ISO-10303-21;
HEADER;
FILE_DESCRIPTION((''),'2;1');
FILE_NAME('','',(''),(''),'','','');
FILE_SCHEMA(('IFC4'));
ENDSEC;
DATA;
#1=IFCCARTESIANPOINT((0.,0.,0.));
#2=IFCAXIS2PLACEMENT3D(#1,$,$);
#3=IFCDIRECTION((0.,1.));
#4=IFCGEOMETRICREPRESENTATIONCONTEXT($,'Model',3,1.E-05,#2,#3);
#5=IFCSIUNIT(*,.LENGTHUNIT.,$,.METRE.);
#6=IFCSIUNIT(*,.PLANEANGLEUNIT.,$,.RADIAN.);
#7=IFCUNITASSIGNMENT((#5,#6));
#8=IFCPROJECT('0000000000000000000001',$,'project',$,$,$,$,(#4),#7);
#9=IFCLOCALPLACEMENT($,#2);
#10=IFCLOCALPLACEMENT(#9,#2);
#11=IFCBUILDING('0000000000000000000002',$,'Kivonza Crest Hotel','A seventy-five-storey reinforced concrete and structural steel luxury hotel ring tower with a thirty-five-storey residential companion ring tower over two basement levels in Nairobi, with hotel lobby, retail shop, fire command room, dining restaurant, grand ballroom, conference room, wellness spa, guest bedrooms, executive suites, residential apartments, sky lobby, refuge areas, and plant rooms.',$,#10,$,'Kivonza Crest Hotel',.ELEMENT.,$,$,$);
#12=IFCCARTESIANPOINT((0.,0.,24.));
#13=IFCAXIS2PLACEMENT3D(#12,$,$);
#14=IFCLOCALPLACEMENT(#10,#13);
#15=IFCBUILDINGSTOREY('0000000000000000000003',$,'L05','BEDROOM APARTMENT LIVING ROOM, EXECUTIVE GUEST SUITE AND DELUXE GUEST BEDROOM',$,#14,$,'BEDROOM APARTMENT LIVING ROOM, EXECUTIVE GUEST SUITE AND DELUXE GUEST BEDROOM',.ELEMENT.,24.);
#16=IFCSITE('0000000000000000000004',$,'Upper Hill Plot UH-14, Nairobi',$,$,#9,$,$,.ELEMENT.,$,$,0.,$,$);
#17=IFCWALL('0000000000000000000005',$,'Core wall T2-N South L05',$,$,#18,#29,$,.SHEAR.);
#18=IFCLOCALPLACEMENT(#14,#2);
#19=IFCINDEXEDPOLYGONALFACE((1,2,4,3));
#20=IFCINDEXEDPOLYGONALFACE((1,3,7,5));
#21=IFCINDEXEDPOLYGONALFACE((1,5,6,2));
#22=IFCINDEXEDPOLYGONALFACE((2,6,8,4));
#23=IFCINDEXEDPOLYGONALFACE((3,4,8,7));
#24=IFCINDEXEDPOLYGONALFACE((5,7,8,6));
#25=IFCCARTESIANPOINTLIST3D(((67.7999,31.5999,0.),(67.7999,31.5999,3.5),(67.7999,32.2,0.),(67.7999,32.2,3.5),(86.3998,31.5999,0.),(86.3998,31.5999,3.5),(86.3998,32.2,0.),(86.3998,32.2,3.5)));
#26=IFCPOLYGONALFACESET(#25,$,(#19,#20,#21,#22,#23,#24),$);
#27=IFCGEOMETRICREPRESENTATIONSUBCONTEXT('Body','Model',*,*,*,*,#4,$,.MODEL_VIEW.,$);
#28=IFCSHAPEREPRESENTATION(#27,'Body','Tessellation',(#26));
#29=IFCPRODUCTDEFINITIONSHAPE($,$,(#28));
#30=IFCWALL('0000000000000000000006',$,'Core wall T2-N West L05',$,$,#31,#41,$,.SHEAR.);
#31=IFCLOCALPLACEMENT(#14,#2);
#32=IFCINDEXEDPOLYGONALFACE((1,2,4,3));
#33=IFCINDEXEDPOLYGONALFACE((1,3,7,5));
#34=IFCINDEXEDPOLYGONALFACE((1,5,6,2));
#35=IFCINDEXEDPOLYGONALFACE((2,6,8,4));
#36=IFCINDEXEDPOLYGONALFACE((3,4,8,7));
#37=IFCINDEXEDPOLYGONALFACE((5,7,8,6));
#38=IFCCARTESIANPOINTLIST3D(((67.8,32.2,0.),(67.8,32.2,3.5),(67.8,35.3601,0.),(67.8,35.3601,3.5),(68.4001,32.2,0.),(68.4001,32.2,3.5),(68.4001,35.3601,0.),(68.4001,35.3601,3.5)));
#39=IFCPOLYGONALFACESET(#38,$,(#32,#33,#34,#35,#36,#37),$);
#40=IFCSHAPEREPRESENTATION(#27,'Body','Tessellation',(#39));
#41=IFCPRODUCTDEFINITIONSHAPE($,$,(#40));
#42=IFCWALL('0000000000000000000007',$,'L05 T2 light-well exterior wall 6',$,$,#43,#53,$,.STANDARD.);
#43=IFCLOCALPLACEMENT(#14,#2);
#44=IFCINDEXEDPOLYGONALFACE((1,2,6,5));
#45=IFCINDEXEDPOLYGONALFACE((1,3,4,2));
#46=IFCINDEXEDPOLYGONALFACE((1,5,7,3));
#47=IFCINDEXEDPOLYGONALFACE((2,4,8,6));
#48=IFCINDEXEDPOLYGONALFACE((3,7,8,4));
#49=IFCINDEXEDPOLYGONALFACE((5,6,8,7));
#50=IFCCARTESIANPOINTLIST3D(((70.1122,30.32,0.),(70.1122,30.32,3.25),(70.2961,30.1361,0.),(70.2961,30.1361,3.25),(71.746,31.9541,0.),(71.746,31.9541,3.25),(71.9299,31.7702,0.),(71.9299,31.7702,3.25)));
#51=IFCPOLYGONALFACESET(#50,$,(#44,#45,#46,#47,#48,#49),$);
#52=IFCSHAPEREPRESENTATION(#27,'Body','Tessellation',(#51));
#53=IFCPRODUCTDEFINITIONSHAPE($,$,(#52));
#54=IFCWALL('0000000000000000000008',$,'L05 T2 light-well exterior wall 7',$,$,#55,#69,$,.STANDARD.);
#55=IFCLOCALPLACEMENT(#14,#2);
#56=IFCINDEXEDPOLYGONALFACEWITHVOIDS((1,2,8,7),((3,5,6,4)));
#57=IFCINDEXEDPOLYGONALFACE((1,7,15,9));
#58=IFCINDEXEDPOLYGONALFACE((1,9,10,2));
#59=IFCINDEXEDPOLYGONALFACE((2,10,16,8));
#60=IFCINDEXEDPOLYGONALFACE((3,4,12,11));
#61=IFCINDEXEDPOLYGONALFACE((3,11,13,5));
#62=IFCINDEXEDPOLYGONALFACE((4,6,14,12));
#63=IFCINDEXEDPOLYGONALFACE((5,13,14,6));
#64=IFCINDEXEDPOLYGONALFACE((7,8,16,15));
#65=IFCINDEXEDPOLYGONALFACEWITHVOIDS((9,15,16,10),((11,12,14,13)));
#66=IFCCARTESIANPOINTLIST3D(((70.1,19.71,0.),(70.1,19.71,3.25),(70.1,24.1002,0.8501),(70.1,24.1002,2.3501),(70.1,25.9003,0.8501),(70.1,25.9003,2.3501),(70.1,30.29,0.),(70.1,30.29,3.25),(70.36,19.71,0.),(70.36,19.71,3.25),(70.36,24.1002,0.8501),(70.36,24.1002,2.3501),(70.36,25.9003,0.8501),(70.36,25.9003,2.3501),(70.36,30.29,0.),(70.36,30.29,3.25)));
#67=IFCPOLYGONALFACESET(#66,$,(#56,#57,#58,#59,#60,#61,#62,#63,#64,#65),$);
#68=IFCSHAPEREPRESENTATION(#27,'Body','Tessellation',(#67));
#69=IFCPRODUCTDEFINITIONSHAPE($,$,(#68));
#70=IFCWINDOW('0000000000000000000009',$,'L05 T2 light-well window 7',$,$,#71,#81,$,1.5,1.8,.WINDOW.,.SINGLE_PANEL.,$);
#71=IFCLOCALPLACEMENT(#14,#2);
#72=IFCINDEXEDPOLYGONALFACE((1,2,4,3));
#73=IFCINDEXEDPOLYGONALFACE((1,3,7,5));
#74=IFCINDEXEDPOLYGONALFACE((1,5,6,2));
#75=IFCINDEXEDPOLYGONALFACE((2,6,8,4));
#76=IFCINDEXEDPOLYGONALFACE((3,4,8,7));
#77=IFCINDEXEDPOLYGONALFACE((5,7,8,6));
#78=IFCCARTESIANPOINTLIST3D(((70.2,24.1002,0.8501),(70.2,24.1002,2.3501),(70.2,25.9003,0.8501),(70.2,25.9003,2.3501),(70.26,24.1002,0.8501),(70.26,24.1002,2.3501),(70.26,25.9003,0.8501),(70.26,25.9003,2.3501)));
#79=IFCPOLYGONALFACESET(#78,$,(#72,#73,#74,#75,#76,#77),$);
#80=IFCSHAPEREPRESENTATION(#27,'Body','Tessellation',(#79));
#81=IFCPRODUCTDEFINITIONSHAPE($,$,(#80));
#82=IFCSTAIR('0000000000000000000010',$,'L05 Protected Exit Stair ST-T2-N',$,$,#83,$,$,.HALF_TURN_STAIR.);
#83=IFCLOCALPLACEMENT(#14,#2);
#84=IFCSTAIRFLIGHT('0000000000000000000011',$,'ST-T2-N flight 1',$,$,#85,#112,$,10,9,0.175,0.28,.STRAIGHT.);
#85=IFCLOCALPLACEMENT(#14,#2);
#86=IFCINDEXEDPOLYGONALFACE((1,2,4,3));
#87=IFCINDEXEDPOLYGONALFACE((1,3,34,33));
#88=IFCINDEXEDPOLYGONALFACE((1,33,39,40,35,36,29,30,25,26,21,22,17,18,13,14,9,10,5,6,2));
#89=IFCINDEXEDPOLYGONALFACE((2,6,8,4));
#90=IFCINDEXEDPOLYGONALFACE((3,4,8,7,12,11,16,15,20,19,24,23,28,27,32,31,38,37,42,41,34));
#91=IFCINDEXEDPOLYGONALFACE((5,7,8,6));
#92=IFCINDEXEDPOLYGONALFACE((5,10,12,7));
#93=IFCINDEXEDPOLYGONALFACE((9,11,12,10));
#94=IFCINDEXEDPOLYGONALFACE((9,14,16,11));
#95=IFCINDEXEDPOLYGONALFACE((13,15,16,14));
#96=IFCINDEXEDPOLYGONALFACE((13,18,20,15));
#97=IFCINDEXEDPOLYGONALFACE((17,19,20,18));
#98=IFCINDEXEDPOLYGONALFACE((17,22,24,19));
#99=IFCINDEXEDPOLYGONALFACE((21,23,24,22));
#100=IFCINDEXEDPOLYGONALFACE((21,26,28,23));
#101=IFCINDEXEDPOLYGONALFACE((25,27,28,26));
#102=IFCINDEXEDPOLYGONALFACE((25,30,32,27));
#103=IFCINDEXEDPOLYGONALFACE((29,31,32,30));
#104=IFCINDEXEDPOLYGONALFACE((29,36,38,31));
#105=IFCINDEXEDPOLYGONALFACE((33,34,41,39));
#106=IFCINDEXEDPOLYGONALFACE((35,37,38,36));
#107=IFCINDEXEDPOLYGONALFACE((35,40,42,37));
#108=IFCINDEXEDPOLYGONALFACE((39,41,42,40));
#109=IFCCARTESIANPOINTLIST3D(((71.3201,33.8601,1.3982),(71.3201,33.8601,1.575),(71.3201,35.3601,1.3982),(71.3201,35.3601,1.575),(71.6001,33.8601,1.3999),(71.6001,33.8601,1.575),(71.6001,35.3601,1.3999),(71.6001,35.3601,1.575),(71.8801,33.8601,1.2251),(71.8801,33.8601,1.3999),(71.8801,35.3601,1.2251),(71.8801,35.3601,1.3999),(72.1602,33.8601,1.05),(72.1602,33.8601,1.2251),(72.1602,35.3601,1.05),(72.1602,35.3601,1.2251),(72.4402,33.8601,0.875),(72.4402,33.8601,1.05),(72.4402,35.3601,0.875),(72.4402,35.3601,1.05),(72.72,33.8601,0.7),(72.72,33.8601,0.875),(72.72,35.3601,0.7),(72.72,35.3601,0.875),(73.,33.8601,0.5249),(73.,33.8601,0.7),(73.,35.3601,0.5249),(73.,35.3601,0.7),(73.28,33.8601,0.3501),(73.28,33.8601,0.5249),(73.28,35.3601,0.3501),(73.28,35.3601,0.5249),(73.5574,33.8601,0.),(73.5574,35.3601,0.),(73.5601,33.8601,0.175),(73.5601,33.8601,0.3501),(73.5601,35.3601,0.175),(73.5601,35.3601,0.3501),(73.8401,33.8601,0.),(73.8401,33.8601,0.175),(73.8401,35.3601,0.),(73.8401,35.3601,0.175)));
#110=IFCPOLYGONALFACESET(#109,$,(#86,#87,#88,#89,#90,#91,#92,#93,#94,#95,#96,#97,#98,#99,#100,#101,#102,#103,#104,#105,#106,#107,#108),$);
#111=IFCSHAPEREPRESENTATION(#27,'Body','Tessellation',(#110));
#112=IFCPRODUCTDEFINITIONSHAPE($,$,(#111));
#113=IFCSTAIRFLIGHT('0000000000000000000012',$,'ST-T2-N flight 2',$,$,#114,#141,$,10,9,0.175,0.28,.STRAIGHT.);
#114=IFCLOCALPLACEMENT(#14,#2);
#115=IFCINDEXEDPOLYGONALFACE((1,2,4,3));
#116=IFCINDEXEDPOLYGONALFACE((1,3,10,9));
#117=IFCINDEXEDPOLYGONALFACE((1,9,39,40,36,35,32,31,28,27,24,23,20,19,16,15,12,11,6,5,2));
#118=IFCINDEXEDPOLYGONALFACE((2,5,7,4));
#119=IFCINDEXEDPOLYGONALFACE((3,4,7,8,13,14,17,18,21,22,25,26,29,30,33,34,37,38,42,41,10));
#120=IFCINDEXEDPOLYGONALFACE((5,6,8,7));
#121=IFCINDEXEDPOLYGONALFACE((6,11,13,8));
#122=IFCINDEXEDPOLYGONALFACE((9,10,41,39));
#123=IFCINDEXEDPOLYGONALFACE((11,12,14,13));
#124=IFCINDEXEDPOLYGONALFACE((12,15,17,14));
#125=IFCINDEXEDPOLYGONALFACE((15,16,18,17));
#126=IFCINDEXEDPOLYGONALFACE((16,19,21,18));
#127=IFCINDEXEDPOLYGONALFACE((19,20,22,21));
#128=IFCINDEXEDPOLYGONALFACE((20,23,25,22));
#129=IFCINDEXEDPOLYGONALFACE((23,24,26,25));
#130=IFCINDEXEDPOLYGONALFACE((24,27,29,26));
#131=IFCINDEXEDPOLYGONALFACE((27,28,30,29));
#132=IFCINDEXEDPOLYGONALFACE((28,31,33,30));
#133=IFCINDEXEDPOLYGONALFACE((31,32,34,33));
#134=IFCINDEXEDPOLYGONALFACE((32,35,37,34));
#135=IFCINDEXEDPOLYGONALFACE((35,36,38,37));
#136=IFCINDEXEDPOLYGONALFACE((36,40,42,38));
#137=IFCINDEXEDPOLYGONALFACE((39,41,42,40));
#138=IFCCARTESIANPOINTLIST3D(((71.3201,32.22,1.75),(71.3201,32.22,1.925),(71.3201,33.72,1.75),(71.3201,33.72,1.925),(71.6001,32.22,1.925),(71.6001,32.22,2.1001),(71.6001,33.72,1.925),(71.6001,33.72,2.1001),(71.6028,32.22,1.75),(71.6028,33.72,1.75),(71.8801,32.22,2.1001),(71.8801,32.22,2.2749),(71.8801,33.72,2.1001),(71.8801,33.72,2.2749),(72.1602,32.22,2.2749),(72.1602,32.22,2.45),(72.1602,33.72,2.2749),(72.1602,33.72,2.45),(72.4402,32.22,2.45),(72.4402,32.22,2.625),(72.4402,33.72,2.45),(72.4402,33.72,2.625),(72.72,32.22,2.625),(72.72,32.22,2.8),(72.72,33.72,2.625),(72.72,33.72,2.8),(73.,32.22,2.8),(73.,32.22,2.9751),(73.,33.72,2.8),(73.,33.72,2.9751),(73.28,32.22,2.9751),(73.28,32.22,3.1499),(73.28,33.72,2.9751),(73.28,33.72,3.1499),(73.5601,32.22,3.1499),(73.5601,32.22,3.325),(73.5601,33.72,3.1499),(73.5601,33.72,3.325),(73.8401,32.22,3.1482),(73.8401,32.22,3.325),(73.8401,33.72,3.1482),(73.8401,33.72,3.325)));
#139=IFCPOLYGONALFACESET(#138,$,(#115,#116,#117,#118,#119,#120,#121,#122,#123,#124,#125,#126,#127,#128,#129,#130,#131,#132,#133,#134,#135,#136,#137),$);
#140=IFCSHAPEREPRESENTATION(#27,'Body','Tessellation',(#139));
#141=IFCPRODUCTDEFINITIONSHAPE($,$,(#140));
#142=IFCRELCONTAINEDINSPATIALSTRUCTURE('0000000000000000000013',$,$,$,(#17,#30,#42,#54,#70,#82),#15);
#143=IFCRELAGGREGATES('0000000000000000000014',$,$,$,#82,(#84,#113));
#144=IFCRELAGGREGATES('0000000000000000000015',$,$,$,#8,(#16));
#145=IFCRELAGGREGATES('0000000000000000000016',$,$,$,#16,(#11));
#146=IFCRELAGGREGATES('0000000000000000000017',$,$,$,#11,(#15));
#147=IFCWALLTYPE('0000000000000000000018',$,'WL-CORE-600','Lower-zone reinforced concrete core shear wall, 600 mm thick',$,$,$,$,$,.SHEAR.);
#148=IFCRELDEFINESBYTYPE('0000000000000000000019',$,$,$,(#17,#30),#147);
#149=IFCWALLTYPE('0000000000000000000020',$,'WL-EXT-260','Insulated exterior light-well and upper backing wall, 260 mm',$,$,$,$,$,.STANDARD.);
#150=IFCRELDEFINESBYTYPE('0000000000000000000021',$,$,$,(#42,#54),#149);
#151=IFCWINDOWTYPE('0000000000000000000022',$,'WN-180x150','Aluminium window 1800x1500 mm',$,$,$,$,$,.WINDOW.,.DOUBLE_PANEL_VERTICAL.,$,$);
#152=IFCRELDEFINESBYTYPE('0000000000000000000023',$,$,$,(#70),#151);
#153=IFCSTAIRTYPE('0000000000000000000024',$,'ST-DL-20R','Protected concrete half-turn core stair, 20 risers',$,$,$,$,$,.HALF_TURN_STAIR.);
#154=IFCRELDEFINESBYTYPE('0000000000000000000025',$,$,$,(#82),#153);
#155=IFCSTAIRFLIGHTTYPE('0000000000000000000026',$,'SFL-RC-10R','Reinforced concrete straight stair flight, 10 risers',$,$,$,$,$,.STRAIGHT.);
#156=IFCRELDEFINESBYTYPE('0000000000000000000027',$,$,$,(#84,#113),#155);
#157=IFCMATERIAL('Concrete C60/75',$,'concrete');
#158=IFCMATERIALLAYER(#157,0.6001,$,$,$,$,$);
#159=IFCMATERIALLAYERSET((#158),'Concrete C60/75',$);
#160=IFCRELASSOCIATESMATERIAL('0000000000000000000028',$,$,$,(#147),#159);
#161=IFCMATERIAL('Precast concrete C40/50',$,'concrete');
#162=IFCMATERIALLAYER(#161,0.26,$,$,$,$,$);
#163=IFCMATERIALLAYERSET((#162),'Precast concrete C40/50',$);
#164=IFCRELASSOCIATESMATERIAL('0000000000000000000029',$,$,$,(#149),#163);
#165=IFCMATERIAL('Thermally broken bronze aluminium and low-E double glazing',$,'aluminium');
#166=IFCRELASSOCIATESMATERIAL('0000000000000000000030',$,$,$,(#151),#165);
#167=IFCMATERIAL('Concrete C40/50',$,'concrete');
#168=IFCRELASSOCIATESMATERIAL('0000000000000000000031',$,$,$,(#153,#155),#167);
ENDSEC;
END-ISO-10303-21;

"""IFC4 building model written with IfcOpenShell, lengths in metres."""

from ifc_helpers import new_model, si_unit, direction, frame, frame_2d, origin, place, context, subcontext, project, spatial, polyline, rectangle, outline, extrude, material, layer, layer_set, type_object, element, fill, aggregate, save


model = new_model("IFC4")

# Units and contexts
model_context = context("Model", 3, precision=1e-05, world=origin(), true_north=direction((0.0, 1.0)))
body_context = subcontext(model_context, "Body", "Model", "MODEL_VIEW")
ifc_project = project(units=[si_unit("LENGTHUNIT", "METRE"), si_unit("PLANEANGLEUNIT", "RADIAN")], contexts=[model_context])

# Site, building, storey
site_placement = place(None, origin())
site = spatial("IfcSite", under=ifc_project, at=site_placement, Name="Upper Hill Plot UH-14, Nairobi", CompositionType="ELEMENT", RefElevation=0.0)
building_placement = place(site_placement, origin())
building = spatial("IfcBuilding", under=site, at=building_placement, Name="Kivonza Crest Hotel", Description="A seventy-five-storey reinforced concrete and structural steel luxury hotel ring tower with a thirty-five-storey residential companion ring tower over two basement levels in Nairobi, with hotel lobby, retail shop, fire command room, dining restaurant, grand ballroom, conference room, wellness spa, guest bedrooms, executive suites, residential apartments, sky lobby, refuge areas, and plant rooms.", LongName="Kivonza Crest Hotel", CompositionType="ELEMENT")
storey_placement = place(building_placement, frame((0.0, 0.0, 24.0)))
storey = spatial("IfcBuildingStorey", under=building, at=storey_placement, Name="L05", Description="BEDROOM APARTMENT LIVING ROOM, EXECUTIVE GUEST SUITE AND DELUXE GUEST BEDROOM", LongName="BEDROOM APARTMENT LIVING ROOM, EXECUTIVE GUEST SUITE AND DELUXE GUEST BEDROOM", CompositionType="ELEMENT", Elevation=24.0)

# Walls
ifc_material_1 = material(Name="Concrete C60/75", Category="concrete")
ifc_layer_1 = layer(ifc_material_1, 0.6001)
ifc_layer_set_1 = layer_set([ifc_layer_1], Name="Concrete C60/75")
wall_type_1 = type_object("IfcWallType", Name="WL-CORE-600", Description="Lower-zone reinforced concrete core shear wall, 600 mm thick", PredefinedType="SHEAR", material=ifc_layer_set_1)
wall_1_placement = place(storey_placement, frame((67.8, 31.8999, 0.0), z_axis=(0.0, 0.0, 1.0), x_axis=(1.0, 0.0, 0.0)))
element("IfcWall", 1, at=wall_1_placement, inside=storey, type_object=wall_type_1, Name="Core wall T2-N South L05", PredefinedType="SHEAR", context=body_context, shape_type="SweptSolid", body=[
    extrude(rectangle(XDim=18.5999, YDim=0.6001, at=frame_2d((9.2998, 0.0))), origin(), (0.0, 0.0, 1.0), 3.5),
])
wall_2_placement = place(storey_placement, frame((68.1001, 32.2, 0.0), z_axis=(0.0, 0.0, 1.0), x_axis=(0.0, 1.0, 0.0)))
element("IfcWall", 2, at=wall_2_placement, inside=storey, type_object=wall_type_1, Name="Core wall T2-N West L05", PredefinedType="SHEAR", context=body_context, shape_type="SweptSolid", body=[
    extrude(rectangle(XDim=3.1602, YDim=0.6001, at=frame_2d((1.5801, 0.0))), origin(), (0.0, 0.0, 1.0), 3.5),
])
ifc_material_2 = material(Name="Precast concrete C40/50", Category="concrete")
ifc_layer_2 = layer(ifc_material_2, 0.26)
ifc_layer_set_2 = layer_set([ifc_layer_2], Name="Precast concrete C40/50")
wall_type_2 = type_object("IfcWallType", Name="WL-EXT-260", Description="Insulated exterior light-well and upper backing wall, 260 mm", PredefinedType="STANDARD", material=ifc_layer_set_2)
wall_3_placement = place(storey_placement, frame((71.8379, 31.8621, 0.0), z_axis=(0.0, 0.0, 1.0), x_axis=(-0.707054, -0.70716, 0.0)))
element("IfcWall", 3, at=wall_3_placement, inside=storey, type_object=wall_type_2, Name="L05 T2 light-well exterior wall 6", PredefinedType="STANDARD", context=body_context, shape_type="SweptSolid", body=[
    extrude(rectangle(XDim=2.3108, YDim=0.26, at=frame_2d((1.1553, 0.0))), origin(), (0.0, 0.0, 1.0), 3.25),
])

# Wall, opening, window
wall_4_placement = place(storey_placement, frame((70.23, 30.29, 0.0), z_axis=(0.0, 0.0, 1.0), x_axis=(0.0, -1.0, 0.0)))
wall_4 = element("IfcWall", 4, at=wall_4_placement, inside=storey, type_object=wall_type_2, Name="L05 T2 light-well exterior wall 7", PredefinedType="STANDARD", context=body_context, shape_type="SweptSolid", body=[
    extrude(rectangle(XDim=10.5801, YDim=0.26, at=frame_2d((5.29, 0.0))), origin(), (0.0, 0.0, 1.0), 3.25),
])
opening_1_placement = place(wall_4_placement, frame((4.3899, 0.0, 0.8501)))
opening_1 = element("IfcOpeningElement", 5, at=opening_1_placement, cuts=wall_4, PredefinedType="OPENING", context=body_context, shape_type="SweptSolid", body=[
    extrude(rectangle(XDim=1.8, YDim=1.5, at=frame_2d((0.8999, 0.75))), frame((0.0, 0.1401, 0.0), z_axis=(0.0, -1.0, 0.0), x_axis=(1.0, 0.0, 0.0)), (0.0, 0.0, 1.0), 0.28),
])
ifc_material_3 = material(Name="Thermally broken bronze aluminium and low-E double glazing", Category="aluminium")
window_type = type_object("IfcWindowType", Name="WN-180x150", Description="Aluminium window 1800x1500 mm", PartitioningType="DOUBLE_PANEL_VERTICAL", PredefinedType="WINDOW", material=ifc_material_3)
window_placement = place(opening_1_placement, origin())
window = element("IfcWindow", 6, at=window_placement, inside=storey, type_object=window_type, Name="L05 T2 light-well window 7", OverallHeight=1.5, OverallWidth=1.8, PartitioningType="SINGLE_PANEL", PredefinedType="WINDOW", context=body_context, shape_type="SweptSolid", body=[
    extrude(rectangle(XDim=1.8, YDim=1.5, at=frame_2d((0.8999, 0.75))), frame((0.0, 0.03, 0.0), z_axis=(0.0, -1.0, 0.0), x_axis=(1.0, 0.0, 0.0)), (0.0, 0.0, 1.0), 0.0601),
])
fill(opening_1, window)

# Stair, stair flights
ifc_material_4 = material(Name="Concrete C40/50", Category="concrete")
stair_type = type_object("IfcStairType", Name="ST-DL-20R", Description="Protected concrete half-turn core stair, 20 risers", PredefinedType="HALF_TURN_STAIR", material=ifc_material_4)
stair_placement = place(storey_placement, origin())
stair = element("IfcStair", 7, at=stair_placement, inside=storey, type_object=stair_type, Name="L05 Protected Exit Stair ST-T2-N", PredefinedType="HALF_TURN_STAIR")
stair_flight_type = type_object("IfcStairFlightType", Name="SFL-RC-10R", Description="Reinforced concrete straight stair flight, 10 risers", PredefinedType="STRAIGHT", material=ifc_material_4)
stair_flight_1_placement = place(storey_placement, frame((73.8401, 34.6101, 0.0), z_axis=(0.0, 0.0, 1.0), x_axis=(-1.0, 0.0, 0.0)))
stair_flight_1 = element("IfcStairFlight", 8, at=stair_flight_1_placement, type_object=stair_flight_type, Name="ST-T2-N flight 1", NumberOfRisers=10, NumberOfTreads=9, PredefinedType="STRAIGHT", RiserHeight=0.175, TreadLength=0.28, context=body_context, shape_type="SweptSolid", body=[
    extrude(outline(polyline([(0.0, 0.0), (0.0, 0.175), (0.28, 0.175), (0.28, 0.3501), (0.5601, 0.3501), (0.5601, 0.5249), (0.8401, 0.5249), (0.8401, 0.7), (1.1201, 0.7), (1.1201, 0.875), (1.3999, 0.875), (1.3999, 1.05), (1.6799, 1.05), (1.6799, 1.2251), (1.96, 1.2251), (1.96, 1.3999), (2.24, 1.3999), (2.24, 1.575), (2.52, 1.575), (2.52, 1.75), (2.52, 1.3982), (0.2827, 0.0), (0.0, 0.0)])), frame((0.0, 0.75, 0.0), z_axis=(0.0, -1.0, 0.0), x_axis=(1.0, 0.0, 0.0)), (0.0, 0.0, 1.0), 1.5),
])
stair_flight_2_placement = place(storey_placement, frame((71.3201, 32.97, 1.75), z_axis=(0.0, 0.0, 1.0), x_axis=(1.0, 0.0, 0.0)))
stair_flight_2 = element("IfcStairFlight", 9, at=stair_flight_2_placement, type_object=stair_flight_type, Name="ST-T2-N flight 2", NumberOfRisers=10, NumberOfTreads=9, PredefinedType="STRAIGHT", RiserHeight=0.175, TreadLength=0.28, context=body_context, shape_type="SweptSolid", body=[
    extrude(outline(polyline([(0.0, 0.0), (0.0, 0.175), (0.28, 0.175), (0.28, 0.3501), (0.5601, 0.3501), (0.5601, 0.5249), (0.8401, 0.5249), (0.8401, 0.7), (1.1201, 0.7), (1.1201, 0.875), (1.3999, 0.875), (1.3999, 1.05), (1.6799, 1.05), (1.6799, 1.2251), (1.96, 1.2251), (1.96, 1.3999), (2.24, 1.3999), (2.24, 1.575), (2.52, 1.575), (2.52, 1.75), (2.52, 1.3982), (0.2827, 0.0), (0.0, 0.0)])), frame((0.0, 0.75, 0.0), z_axis=(0.0, -1.0, 0.0), x_axis=(1.0, 0.0, 0.0)), (0.0, 0.0, 1.0), 1.5),
])
aggregate(stair, [stair_flight_1, stair_flight_2])

save(model, "model.ifc")
